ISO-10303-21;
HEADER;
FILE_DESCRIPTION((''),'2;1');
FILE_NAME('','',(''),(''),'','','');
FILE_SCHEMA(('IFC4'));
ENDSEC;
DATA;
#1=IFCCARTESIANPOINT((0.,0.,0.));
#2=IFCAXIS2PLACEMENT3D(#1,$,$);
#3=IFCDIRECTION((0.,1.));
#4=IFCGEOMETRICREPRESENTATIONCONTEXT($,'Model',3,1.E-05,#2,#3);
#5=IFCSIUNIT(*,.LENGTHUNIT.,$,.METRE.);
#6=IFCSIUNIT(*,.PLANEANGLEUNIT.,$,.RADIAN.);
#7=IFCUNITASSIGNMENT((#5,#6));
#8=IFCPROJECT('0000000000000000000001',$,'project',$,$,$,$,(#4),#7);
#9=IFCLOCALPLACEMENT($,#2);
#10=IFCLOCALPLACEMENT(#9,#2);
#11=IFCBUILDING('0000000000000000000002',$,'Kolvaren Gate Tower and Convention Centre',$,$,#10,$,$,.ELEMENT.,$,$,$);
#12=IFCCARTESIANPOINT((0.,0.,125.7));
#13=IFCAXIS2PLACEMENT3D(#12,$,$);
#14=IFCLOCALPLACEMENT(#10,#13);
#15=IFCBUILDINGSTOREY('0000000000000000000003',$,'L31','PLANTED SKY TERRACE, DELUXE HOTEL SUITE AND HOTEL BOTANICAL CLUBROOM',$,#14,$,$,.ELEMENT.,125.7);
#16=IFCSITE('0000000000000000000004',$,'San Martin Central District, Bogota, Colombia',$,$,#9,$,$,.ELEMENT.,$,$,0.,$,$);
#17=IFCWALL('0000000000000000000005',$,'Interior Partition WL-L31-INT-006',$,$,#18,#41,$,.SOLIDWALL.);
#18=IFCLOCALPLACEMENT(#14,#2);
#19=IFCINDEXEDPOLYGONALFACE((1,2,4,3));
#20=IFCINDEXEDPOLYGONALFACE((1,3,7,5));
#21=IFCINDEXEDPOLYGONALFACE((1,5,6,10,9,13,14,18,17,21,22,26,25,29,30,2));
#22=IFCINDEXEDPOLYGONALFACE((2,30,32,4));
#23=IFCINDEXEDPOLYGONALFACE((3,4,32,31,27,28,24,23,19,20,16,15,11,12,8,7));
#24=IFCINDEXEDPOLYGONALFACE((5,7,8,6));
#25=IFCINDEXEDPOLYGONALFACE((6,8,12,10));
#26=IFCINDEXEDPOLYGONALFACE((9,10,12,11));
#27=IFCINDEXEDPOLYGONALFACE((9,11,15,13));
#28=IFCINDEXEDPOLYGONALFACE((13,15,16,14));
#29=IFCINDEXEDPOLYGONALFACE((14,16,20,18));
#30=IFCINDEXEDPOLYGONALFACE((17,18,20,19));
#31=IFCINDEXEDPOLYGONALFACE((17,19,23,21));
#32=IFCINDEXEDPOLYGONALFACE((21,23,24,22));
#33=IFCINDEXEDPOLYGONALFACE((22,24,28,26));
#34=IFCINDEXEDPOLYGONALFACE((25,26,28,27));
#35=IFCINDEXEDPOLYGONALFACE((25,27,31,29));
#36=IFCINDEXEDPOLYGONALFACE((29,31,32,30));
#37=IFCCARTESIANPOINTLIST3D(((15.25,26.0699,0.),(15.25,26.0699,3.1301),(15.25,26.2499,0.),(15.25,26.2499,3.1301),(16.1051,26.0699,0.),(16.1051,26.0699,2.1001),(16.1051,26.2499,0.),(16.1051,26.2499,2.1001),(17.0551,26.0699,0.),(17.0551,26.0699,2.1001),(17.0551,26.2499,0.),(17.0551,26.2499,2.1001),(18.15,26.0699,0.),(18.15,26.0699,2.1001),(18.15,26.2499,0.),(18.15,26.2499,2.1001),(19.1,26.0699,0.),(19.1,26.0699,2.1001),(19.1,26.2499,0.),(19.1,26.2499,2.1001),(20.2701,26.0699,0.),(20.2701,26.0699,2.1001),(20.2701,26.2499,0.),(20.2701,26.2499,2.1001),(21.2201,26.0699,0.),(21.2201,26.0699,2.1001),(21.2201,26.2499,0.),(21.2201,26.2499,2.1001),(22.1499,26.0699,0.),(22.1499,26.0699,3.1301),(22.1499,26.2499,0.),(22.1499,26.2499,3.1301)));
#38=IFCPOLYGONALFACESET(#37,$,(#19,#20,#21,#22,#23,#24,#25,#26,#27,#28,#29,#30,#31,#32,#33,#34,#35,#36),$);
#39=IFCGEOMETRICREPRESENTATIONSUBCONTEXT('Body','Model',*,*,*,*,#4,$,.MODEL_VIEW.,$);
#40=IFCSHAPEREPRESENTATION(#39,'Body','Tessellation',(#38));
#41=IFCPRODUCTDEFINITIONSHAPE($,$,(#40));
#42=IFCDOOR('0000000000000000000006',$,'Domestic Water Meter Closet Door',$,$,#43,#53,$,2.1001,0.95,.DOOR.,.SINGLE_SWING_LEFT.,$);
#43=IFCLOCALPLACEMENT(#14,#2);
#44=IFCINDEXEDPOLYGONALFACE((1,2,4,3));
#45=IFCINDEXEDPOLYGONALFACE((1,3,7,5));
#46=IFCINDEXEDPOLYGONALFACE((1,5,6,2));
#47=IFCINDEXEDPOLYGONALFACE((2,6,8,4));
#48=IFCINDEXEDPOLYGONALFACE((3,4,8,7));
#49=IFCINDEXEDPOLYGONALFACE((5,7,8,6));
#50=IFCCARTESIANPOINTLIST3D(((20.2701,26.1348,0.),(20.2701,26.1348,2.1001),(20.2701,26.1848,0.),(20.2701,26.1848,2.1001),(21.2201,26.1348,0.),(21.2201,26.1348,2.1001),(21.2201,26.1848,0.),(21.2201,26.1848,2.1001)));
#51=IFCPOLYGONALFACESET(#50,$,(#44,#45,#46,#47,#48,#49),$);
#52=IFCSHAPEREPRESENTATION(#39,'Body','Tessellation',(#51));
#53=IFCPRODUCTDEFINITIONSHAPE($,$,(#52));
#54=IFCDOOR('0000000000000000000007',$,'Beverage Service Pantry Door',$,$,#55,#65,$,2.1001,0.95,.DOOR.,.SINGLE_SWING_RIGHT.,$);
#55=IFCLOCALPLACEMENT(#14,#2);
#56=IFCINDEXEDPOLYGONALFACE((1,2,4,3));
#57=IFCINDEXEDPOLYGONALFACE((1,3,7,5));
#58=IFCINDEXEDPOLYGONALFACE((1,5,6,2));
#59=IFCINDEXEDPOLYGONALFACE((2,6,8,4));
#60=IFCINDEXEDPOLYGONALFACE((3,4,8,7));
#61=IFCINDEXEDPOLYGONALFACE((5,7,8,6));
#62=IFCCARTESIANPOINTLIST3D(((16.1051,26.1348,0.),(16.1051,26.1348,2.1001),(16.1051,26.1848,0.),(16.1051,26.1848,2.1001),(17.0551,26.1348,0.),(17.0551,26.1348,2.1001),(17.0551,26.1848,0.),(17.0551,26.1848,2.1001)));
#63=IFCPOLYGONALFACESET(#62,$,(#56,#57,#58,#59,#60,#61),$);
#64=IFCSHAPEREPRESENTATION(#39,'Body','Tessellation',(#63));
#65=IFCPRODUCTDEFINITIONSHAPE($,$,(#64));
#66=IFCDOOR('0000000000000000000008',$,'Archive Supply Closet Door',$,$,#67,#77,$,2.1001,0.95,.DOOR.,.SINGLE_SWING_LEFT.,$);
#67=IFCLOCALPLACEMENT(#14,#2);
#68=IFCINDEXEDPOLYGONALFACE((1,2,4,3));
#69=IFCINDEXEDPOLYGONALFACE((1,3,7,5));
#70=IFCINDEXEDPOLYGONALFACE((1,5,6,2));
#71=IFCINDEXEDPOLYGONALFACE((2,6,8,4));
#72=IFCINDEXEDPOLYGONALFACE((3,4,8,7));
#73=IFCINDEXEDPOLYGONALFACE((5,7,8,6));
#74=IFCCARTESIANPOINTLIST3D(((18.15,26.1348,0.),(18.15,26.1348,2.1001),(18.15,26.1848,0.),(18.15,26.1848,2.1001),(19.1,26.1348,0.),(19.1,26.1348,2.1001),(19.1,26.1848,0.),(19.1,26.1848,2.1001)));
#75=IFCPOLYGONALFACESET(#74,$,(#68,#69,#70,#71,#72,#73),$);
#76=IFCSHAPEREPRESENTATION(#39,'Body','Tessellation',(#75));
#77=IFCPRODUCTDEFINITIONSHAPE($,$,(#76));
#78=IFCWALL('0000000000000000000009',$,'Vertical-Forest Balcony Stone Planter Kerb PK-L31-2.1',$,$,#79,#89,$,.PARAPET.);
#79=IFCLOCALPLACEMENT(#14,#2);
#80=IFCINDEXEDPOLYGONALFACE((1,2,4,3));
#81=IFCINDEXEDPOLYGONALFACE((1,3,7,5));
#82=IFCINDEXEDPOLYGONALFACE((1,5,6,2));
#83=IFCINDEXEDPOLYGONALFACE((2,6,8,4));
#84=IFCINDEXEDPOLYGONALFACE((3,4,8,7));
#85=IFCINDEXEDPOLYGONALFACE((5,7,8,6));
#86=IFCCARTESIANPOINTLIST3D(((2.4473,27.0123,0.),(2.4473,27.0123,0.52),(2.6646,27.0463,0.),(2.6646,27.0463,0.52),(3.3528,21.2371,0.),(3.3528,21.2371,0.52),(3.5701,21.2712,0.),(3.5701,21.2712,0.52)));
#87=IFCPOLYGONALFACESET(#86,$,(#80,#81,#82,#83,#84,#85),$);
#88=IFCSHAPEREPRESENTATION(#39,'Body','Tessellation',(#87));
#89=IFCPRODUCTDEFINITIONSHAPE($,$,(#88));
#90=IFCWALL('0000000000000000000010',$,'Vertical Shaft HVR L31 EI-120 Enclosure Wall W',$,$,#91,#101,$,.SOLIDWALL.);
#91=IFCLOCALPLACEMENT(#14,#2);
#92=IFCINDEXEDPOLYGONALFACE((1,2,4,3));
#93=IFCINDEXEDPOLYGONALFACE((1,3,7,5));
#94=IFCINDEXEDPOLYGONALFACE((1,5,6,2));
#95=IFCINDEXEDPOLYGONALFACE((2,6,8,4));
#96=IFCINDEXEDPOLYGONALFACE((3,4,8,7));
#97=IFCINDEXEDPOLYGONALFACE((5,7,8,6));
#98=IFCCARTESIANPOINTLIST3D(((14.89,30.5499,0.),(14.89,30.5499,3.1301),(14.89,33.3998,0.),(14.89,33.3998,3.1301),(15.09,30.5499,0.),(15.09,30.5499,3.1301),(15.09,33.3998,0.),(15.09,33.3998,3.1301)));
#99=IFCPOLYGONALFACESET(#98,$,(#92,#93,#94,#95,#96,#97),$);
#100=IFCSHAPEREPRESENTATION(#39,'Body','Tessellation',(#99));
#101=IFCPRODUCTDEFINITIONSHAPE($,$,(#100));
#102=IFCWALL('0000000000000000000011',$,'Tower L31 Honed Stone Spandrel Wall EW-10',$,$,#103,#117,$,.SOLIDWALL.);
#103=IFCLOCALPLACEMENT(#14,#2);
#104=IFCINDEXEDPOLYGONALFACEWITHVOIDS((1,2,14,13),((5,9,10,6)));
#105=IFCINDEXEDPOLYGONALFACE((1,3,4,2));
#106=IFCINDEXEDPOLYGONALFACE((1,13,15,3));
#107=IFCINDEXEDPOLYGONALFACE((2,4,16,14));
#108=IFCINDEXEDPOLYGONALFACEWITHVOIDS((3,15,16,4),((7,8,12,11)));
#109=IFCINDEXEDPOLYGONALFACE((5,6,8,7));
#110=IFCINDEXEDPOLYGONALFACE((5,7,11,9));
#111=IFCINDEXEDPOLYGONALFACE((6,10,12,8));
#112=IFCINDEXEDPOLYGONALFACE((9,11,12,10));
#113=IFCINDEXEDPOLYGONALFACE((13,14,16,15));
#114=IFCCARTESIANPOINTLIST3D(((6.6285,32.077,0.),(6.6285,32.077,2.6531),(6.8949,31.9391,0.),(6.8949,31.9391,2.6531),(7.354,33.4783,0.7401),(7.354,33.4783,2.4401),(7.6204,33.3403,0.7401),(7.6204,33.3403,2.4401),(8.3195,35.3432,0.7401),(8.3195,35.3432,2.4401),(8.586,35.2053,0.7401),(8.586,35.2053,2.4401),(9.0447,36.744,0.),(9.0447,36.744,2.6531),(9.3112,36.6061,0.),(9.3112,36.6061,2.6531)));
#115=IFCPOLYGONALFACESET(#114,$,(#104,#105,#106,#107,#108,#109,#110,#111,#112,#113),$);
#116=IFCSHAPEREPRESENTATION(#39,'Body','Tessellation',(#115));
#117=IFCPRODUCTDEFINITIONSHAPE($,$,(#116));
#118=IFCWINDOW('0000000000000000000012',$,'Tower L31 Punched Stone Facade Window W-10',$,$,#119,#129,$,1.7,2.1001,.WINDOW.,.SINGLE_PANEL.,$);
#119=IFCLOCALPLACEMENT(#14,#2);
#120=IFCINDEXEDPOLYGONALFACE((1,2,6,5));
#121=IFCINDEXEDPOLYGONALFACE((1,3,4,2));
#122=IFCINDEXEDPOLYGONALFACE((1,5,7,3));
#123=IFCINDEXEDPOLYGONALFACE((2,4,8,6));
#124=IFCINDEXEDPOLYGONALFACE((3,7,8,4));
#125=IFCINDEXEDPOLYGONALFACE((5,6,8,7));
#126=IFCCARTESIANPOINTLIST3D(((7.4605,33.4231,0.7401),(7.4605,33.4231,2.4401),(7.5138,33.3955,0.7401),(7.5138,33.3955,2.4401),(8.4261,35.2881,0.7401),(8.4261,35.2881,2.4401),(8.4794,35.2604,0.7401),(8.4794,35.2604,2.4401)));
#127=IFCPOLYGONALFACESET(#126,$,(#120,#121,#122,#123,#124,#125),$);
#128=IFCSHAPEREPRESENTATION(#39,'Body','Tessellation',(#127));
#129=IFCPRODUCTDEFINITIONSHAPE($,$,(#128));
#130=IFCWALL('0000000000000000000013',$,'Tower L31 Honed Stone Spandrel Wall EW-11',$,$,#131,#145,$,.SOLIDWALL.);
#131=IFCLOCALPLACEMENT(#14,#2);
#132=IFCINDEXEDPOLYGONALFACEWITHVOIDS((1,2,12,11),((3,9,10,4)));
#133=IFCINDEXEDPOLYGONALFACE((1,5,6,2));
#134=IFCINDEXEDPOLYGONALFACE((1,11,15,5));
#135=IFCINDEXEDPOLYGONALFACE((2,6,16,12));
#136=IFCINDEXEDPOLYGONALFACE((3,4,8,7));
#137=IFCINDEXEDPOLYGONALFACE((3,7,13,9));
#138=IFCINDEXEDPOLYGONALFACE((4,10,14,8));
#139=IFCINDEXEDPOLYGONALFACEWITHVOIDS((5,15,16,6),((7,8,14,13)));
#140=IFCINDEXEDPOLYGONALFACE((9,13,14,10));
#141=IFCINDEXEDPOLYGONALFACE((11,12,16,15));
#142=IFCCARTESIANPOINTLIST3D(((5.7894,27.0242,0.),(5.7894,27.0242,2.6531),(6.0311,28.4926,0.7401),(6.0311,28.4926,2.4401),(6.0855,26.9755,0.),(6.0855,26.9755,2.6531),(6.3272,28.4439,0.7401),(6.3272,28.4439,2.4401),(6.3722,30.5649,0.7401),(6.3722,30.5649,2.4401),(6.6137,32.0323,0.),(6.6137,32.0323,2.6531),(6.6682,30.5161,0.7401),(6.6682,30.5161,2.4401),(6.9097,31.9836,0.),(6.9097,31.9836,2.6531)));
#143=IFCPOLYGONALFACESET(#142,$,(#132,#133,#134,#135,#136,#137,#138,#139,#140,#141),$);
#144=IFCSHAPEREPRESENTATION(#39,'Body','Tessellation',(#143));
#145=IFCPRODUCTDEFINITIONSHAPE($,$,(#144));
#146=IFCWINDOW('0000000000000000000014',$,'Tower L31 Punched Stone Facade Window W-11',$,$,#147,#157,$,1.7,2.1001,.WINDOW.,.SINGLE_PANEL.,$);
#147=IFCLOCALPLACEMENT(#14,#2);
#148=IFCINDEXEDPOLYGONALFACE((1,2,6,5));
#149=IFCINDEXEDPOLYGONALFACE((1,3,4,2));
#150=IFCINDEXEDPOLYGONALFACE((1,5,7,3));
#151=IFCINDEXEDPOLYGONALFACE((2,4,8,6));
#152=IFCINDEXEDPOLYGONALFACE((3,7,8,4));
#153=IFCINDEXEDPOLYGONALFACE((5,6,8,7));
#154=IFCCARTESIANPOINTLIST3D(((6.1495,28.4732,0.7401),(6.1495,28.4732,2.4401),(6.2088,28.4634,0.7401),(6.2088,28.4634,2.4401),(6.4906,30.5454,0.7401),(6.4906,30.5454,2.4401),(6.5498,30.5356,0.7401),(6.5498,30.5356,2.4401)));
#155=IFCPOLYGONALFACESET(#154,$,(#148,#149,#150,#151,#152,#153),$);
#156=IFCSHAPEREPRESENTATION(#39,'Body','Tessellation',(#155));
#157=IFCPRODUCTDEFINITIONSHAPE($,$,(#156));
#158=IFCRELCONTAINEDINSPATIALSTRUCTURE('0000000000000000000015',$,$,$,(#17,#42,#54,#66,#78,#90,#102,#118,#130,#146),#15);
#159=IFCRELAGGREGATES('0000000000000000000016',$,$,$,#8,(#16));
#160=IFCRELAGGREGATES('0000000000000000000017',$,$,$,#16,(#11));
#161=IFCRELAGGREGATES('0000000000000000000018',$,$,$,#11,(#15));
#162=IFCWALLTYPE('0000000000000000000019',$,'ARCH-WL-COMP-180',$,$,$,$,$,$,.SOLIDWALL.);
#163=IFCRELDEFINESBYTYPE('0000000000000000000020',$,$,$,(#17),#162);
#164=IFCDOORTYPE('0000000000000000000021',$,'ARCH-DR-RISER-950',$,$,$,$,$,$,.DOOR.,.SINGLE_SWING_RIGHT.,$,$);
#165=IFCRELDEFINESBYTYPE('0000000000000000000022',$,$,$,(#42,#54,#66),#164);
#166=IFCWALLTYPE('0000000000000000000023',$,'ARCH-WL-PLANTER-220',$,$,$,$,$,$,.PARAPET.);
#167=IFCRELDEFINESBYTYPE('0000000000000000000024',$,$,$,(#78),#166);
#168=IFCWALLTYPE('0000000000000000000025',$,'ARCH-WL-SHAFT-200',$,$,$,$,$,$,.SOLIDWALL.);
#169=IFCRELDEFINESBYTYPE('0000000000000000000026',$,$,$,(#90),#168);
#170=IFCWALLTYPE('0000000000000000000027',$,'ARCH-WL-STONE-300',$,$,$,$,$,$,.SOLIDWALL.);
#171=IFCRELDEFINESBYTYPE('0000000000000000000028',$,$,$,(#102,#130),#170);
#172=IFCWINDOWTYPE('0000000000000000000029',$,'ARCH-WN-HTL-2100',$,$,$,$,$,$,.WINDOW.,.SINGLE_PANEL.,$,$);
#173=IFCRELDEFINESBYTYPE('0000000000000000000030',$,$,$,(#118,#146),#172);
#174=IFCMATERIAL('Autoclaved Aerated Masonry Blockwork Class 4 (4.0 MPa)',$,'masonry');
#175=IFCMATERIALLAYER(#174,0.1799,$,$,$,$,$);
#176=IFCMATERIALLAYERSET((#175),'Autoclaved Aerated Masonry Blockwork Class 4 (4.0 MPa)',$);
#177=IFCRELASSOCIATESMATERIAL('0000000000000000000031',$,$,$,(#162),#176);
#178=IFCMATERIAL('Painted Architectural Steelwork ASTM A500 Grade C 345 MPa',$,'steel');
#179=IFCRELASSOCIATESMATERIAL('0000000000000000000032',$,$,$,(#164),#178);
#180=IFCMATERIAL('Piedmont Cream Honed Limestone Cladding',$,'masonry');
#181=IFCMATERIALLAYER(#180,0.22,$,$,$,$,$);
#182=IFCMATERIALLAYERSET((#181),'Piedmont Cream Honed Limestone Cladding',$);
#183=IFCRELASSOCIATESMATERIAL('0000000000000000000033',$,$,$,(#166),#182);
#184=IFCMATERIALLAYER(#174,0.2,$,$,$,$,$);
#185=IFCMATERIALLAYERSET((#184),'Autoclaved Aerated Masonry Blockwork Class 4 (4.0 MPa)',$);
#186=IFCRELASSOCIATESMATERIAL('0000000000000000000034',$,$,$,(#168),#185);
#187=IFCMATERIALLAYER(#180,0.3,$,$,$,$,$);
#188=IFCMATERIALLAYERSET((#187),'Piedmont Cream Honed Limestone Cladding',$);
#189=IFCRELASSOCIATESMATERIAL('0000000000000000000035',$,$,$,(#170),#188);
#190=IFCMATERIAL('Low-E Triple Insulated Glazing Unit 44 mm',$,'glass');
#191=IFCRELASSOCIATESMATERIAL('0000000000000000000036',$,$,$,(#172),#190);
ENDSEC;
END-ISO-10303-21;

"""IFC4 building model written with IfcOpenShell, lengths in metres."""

from ifc_helpers import new_model, si_unit, direction, frame, frame_2d, origin, place, context, subcontext, project, spatial, rectangle, extrude, material, layer, layer_set, type_object, element, fill, save


model = new_model("IFC4")

# Units and contexts
model_context = context("Model", 3, precision=1e-05, world=origin(), true_north=direction((0.0, 1.0)))
body_context = subcontext(model_context, "Body", "Model", "MODEL_VIEW")
ifc_project = project(units=[si_unit("LENGTHUNIT", "METRE"), si_unit("PLANEANGLEUNIT", "RADIAN")], contexts=[model_context])

# Site, building, storey
site_placement = place(None, origin())
site = spatial("IfcSite", under=ifc_project, at=site_placement, Name="San Martin Central District, Bogota, Colombia", CompositionType="ELEMENT", RefElevation=0.0)
building_placement = place(site_placement, origin())
building = spatial("IfcBuilding", under=site, at=building_placement, Name="Kolvaren Gate Tower and Convention Centre", CompositionType="ELEMENT")
storey_placement = place(building_placement, frame((0.0, 0.0, 125.7)))
storey = spatial("IfcBuildingStorey", under=building, at=storey_placement, Name="L31", Description="PLANTED SKY TERRACE, DELUXE HOTEL SUITE AND HOTEL BOTANICAL CLUBROOM", CompositionType="ELEMENT", Elevation=125.7)

# Wall, openings, doors
ifc_material_1 = material(Name="Autoclaved Aerated Masonry Blockwork Class 4 (4.0 MPa)", Category="masonry")
ifc_layer_1 = layer(ifc_material_1, 0.1799)
ifc_layer_set_1 = layer_set([ifc_layer_1], Name="Autoclaved Aerated Masonry Blockwork Class 4 (4.0 MPa)")
wall_type_1 = type_object("IfcWallType", Name="ARCH-WL-COMP-180", PredefinedType="SOLIDWALL", material=ifc_layer_set_1)
ifc_material_2 = material(Name="Painted Architectural Steelwork ASTM A500 Grade C 345 MPa", Category="steel")
door_type = type_object("IfcDoorType", Name="ARCH-DR-RISER-950", OperationType="SINGLE_SWING_RIGHT", PredefinedType="DOOR", material=ifc_material_2)
wall_1_placement = place(storey_placement, frame((15.25, 26.1599, 0.0), z_axis=(0.0, 0.0, 1.0), x_axis=(1.0, 0.0, 0.0)))
wall_1 = element("IfcWall", 1, at=wall_1_placement, inside=storey, type_object=wall_type_1, Name="Interior Partition WL-L31-INT-006", PredefinedType="SOLIDWALL", context=body_context, shape_type="SweptSolid", body=[
    extrude(rectangle(XDim=6.8999, YDim=0.1799, at=frame_2d((3.45, 0.0))), origin(), (0.0, 0.0, 1.0), 3.1301),
])
opening_1_placement = place(wall_1_placement, frame((5.02, 0.0, 0.0)))
opening_1 = element("IfcOpeningElement", 2, at=opening_1_placement, cuts=wall_1, PredefinedType="OPENING", context=body_context, shape_type="SweptSolid", body=[
    extrude(rectangle(XDim=0.95, YDim=2.1001, at=frame_2d((0.4751, 1.05))), frame((0.0, 0.0999, 0.0), z_axis=(0.0, -1.0, 0.0), x_axis=(1.0, 0.0, 0.0)), (0.0, 0.0, 1.0), 0.2),
])
opening_2_placement = place(wall_1_placement, frame((0.855, 0.0, 0.0)))
opening_2 = element("IfcOpeningElement", 3, at=opening_2_placement, cuts=wall_1, PredefinedType="OPENING", context=body_context, shape_type="SweptSolid", body=[
    extrude(rectangle(XDim=0.95, YDim=2.1001, at=frame_2d((0.4751, 1.05))), frame((0.0, 0.0999, 0.0), z_axis=(0.0, -1.0, 0.0), x_axis=(1.0, 0.0, 0.0)), (0.0, 0.0, 1.0), 0.2),
])
opening_3_placement = place(wall_1_placement, frame((2.8999, 0.0, 0.0)))
opening_3 = element("IfcOpeningElement", 4, at=opening_3_placement, cuts=wall_1, PredefinedType="OPENING", context=body_context, shape_type="SweptSolid", body=[
    extrude(rectangle(XDim=0.95, YDim=2.1001, at=frame_2d((0.4751, 1.05))), frame((0.0, 0.0999, 0.0), z_axis=(0.0, -1.0, 0.0), x_axis=(1.0, 0.0, 0.0)), (0.0, 0.0, 1.0), 0.2),
])
door_1_placement = place(opening_1_placement, origin())
door_1 = element("IfcDoor", 5, at=door_1_placement, inside=storey, type_object=door_type, Name="Domestic Water Meter Closet Door", OperationType="SINGLE_SWING_LEFT", OverallHeight=2.1001, OverallWidth=0.95, PredefinedType="DOOR", context=body_context, shape_type="SweptSolid", body=[
    extrude(rectangle(XDim=0.95, YDim=2.1001, at=frame_2d((0.4751, 1.05))), frame((0.0, 0.0249, 0.0), z_axis=(0.0, -1.0, 0.0), x_axis=(1.0, 0.0, 0.0)), (0.0, 0.0, 1.0), 0.05),
])
fill(opening_1, door_1)
door_2_placement = place(opening_2_placement, origin())
door_2 = element("IfcDoor", 6, at=door_2_placement, inside=storey, type_object=door_type, Name="Beverage Service Pantry Door", OperationType="SINGLE_SWING_RIGHT", OverallHeight=2.1001, OverallWidth=0.95, PredefinedType="DOOR", context=body_context, shape_type="SweptSolid", body=[
    extrude(rectangle(XDim=0.95, YDim=2.1001, at=frame_2d((0.4751, 1.05))), frame((0.0, 0.0249, 0.0), z_axis=(0.0, -1.0, 0.0), x_axis=(1.0, 0.0, 0.0)), (0.0, 0.0, 1.0), 0.05),
])
fill(opening_2, door_2)
door_3_placement = place(opening_3_placement, origin())
door_3 = element("IfcDoor", 7, at=door_3_placement, inside=storey, type_object=door_type, Name="Archive Supply Closet Door", OperationType="SINGLE_SWING_LEFT", OverallHeight=2.1001, OverallWidth=0.95, PredefinedType="DOOR", context=body_context, shape_type="SweptSolid", body=[
    extrude(rectangle(XDim=0.95, YDim=2.1001, at=frame_2d((0.4751, 1.05))), frame((0.0, 0.0249, 0.0), z_axis=(0.0, -1.0, 0.0), x_axis=(1.0, 0.0, 0.0)), (0.0, 0.0, 1.0), 0.05),
])
fill(opening_3, door_3)

# Walls
ifc_material_3 = material(Name="Piedmont Cream Honed Limestone Cladding", Category="masonry")
ifc_layer_2 = layer(ifc_material_3, 0.22)
ifc_layer_set_2 = layer_set([ifc_layer_2], Name="Piedmont Cream Honed Limestone Cladding")
wall_type_2 = type_object("IfcWallType", Name="ARCH-WL-PLANTER-220", PredefinedType="PARAPET", material=ifc_layer_set_2)
wall_2_placement = place(storey_placement, frame((2.5559, 27.0293, 0.0), z_axis=(0.0, 0.0, 1.0), x_axis=(0.154903, -0.98793, 0.0)))
element("IfcWall", 8, at=wall_2_placement, inside=storey, type_object=wall_type_2, Name="Vertical-Forest Balcony Stone Planter Kerb PK-L31-2.1", PredefinedType="PARAPET", context=body_context, shape_type="SweptSolid", body=[
    extrude(rectangle(XDim=5.8457, YDim=0.22, at=frame_2d((2.9229, 0.0))), origin(), (0.0, 0.0, 1.0), 0.52),
])
ifc_layer_3 = layer(ifc_material_1, 0.2)
ifc_layer_set_3 = layer_set([ifc_layer_3], Name="Autoclaved Aerated Masonry Blockwork Class 4 (4.0 MPa)")
wall_type_3 = type_object("IfcWallType", Name="ARCH-WL-SHAFT-200", PredefinedType="SOLIDWALL", material=ifc_layer_set_3)
wall_3_placement = place(storey_placement, frame((14.99, 30.55, 0.0), z_axis=(0.0, 0.0, 1.0), x_axis=(0.0, 1.0, 0.0)))
element("IfcWall", 9, at=wall_3_placement, inside=storey, type_object=wall_type_3, Name="Vertical Shaft HVR L31 EI-120 Enclosure Wall W", PredefinedType="SOLIDWALL", context=body_context, shape_type="SweptSolid", body=[
    extrude(rectangle(XDim=2.8499, YDim=0.2, at=frame_2d((1.4248, 0.0))), origin(), (0.0, 0.0, 1.0), 3.1301),
])

# Walls, openings, windows
ifc_layer_4 = layer(ifc_material_3, 0.3)
ifc_layer_set_4 = layer_set([ifc_layer_4], Name="Piedmont Cream Honed Limestone Cladding")
wall_type_4 = type_object("IfcWallType", Name="ARCH-WL-STONE-300", PredefinedType="SOLIDWALL", material=ifc_layer_set_4)
wall_4_placement = place(storey_placement, frame((6.7617, 32.0081, 0.0), z_axis=(0.0, 0.0, 1.0), x_axis=(0.459768, 0.888039, 0.0)))
wall_4 = element("IfcWall", 10, at=wall_4_placement, inside=storey, type_object=wall_type_4, Name="Tower L31 Honed Stone Spandrel Wall EW-10", PredefinedType="SOLIDWALL", context=body_context, shape_type="SweptSolid", body=[
    extrude(rectangle(XDim=5.2554, YDim=0.3, at=frame_2d((2.6277, 0.0))), origin(), (0.0, 0.0, 1.0), 2.6531),
])
opening_4_placement = place(wall_4_placement, frame((1.5779, 0.0, 0.74)))
opening_4 = element("IfcOpeningElement", 11, at=opening_4_placement, cuts=wall_4, PredefinedType="OPENING", context=body_context, shape_type="SweptSolid", body=[
    extrude(rectangle(XDim=2.1001, YDim=1.7, at=frame_2d((1.05, 0.8501))), frame((0.0, 0.1599, 0.0), z_axis=(0.0, -1.0, 0.0), x_axis=(1.0, 0.0, 0.0)), (0.0, 0.0, 1.0), 0.3201),
])
ifc_material_4 = material(Name="Low-E Triple Insulated Glazing Unit 44 mm", Category="glass")
window_type = type_object("IfcWindowType", Name="ARCH-WN-HTL-2100", PartitioningType="SINGLE_PANEL", PredefinedType="WINDOW", material=ifc_material_4)
window_1_placement = place(opening_4_placement, origin())
window_1 = element("IfcWindow", 12, at=window_1_placement, inside=storey, type_object=window_type, Name="Tower L31 Punched Stone Facade Window W-10", OverallHeight=1.7, OverallWidth=2.1001, PartitioningType="SINGLE_PANEL", PredefinedType="WINDOW", context=body_context, shape_type="SweptSolid", body=[
    extrude(rectangle(XDim=2.1001, YDim=1.7, at=frame_2d((1.05, 0.8501))), frame((0.0, 0.03, 0.0), z_axis=(0.0, -1.0, 0.0), x_axis=(1.0, 0.0, 0.0)), (0.0, 0.0, 1.0), 0.0601),
])
fill(opening_4, window_1)
wall_5_placement = place(storey_placement, frame((5.9375, 27.0, 0.0), z_axis=(0.0, 0.0, 1.0), x_axis=(0.162394, 0.986726, 0.0)))
wall_5 = element("IfcWall", 13, at=wall_5_placement, inside=storey, type_object=wall_type_4, Name="Tower L31 Honed Stone Spandrel Wall EW-11", PredefinedType="SOLIDWALL", context=body_context, shape_type="SweptSolid", body=[
    extrude(rectangle(XDim=5.0754, YDim=0.3, at=frame_2d((2.5376, 0.0))), origin(), (0.0, 0.0, 1.0), 2.6531),
])
opening_5_placement = place(wall_5_placement, frame((1.488, 0.0, 0.74)))
opening_5 = element("IfcOpeningElement", 14, at=opening_5_placement, cuts=wall_5, PredefinedType="OPENING", context=body_context, shape_type="SweptSolid", body=[
    extrude(rectangle(XDim=2.1001, YDim=1.7, at=frame_2d((1.05, 0.8501))), frame((0.0, 0.1599, 0.0), z_axis=(0.0, -1.0, 0.0), x_axis=(1.0, 0.0, 0.0)), (0.0, 0.0, 1.0), 0.3201),
])
window_2_placement = place(opening_5_placement, origin())
window_2 = element("IfcWindow", 15, at=window_2_placement, inside=storey, type_object=window_type, Name="Tower L31 Punched Stone Facade Window W-11", OverallHeight=1.7, OverallWidth=2.1001, PartitioningType="SINGLE_PANEL", PredefinedType="WINDOW", context=body_context, shape_type="SweptSolid", body=[
    extrude(rectangle(XDim=2.1001, YDim=1.7, at=frame_2d((1.05, 0.8501))), frame((0.0, 0.03, 0.0), z_axis=(0.0, -1.0, 0.0), x_axis=(1.0, 0.0, 0.0)), (0.0, 0.0, 1.0), 0.0601),
])
fill(opening_5, window_2)

save(model, "model.ifc")
